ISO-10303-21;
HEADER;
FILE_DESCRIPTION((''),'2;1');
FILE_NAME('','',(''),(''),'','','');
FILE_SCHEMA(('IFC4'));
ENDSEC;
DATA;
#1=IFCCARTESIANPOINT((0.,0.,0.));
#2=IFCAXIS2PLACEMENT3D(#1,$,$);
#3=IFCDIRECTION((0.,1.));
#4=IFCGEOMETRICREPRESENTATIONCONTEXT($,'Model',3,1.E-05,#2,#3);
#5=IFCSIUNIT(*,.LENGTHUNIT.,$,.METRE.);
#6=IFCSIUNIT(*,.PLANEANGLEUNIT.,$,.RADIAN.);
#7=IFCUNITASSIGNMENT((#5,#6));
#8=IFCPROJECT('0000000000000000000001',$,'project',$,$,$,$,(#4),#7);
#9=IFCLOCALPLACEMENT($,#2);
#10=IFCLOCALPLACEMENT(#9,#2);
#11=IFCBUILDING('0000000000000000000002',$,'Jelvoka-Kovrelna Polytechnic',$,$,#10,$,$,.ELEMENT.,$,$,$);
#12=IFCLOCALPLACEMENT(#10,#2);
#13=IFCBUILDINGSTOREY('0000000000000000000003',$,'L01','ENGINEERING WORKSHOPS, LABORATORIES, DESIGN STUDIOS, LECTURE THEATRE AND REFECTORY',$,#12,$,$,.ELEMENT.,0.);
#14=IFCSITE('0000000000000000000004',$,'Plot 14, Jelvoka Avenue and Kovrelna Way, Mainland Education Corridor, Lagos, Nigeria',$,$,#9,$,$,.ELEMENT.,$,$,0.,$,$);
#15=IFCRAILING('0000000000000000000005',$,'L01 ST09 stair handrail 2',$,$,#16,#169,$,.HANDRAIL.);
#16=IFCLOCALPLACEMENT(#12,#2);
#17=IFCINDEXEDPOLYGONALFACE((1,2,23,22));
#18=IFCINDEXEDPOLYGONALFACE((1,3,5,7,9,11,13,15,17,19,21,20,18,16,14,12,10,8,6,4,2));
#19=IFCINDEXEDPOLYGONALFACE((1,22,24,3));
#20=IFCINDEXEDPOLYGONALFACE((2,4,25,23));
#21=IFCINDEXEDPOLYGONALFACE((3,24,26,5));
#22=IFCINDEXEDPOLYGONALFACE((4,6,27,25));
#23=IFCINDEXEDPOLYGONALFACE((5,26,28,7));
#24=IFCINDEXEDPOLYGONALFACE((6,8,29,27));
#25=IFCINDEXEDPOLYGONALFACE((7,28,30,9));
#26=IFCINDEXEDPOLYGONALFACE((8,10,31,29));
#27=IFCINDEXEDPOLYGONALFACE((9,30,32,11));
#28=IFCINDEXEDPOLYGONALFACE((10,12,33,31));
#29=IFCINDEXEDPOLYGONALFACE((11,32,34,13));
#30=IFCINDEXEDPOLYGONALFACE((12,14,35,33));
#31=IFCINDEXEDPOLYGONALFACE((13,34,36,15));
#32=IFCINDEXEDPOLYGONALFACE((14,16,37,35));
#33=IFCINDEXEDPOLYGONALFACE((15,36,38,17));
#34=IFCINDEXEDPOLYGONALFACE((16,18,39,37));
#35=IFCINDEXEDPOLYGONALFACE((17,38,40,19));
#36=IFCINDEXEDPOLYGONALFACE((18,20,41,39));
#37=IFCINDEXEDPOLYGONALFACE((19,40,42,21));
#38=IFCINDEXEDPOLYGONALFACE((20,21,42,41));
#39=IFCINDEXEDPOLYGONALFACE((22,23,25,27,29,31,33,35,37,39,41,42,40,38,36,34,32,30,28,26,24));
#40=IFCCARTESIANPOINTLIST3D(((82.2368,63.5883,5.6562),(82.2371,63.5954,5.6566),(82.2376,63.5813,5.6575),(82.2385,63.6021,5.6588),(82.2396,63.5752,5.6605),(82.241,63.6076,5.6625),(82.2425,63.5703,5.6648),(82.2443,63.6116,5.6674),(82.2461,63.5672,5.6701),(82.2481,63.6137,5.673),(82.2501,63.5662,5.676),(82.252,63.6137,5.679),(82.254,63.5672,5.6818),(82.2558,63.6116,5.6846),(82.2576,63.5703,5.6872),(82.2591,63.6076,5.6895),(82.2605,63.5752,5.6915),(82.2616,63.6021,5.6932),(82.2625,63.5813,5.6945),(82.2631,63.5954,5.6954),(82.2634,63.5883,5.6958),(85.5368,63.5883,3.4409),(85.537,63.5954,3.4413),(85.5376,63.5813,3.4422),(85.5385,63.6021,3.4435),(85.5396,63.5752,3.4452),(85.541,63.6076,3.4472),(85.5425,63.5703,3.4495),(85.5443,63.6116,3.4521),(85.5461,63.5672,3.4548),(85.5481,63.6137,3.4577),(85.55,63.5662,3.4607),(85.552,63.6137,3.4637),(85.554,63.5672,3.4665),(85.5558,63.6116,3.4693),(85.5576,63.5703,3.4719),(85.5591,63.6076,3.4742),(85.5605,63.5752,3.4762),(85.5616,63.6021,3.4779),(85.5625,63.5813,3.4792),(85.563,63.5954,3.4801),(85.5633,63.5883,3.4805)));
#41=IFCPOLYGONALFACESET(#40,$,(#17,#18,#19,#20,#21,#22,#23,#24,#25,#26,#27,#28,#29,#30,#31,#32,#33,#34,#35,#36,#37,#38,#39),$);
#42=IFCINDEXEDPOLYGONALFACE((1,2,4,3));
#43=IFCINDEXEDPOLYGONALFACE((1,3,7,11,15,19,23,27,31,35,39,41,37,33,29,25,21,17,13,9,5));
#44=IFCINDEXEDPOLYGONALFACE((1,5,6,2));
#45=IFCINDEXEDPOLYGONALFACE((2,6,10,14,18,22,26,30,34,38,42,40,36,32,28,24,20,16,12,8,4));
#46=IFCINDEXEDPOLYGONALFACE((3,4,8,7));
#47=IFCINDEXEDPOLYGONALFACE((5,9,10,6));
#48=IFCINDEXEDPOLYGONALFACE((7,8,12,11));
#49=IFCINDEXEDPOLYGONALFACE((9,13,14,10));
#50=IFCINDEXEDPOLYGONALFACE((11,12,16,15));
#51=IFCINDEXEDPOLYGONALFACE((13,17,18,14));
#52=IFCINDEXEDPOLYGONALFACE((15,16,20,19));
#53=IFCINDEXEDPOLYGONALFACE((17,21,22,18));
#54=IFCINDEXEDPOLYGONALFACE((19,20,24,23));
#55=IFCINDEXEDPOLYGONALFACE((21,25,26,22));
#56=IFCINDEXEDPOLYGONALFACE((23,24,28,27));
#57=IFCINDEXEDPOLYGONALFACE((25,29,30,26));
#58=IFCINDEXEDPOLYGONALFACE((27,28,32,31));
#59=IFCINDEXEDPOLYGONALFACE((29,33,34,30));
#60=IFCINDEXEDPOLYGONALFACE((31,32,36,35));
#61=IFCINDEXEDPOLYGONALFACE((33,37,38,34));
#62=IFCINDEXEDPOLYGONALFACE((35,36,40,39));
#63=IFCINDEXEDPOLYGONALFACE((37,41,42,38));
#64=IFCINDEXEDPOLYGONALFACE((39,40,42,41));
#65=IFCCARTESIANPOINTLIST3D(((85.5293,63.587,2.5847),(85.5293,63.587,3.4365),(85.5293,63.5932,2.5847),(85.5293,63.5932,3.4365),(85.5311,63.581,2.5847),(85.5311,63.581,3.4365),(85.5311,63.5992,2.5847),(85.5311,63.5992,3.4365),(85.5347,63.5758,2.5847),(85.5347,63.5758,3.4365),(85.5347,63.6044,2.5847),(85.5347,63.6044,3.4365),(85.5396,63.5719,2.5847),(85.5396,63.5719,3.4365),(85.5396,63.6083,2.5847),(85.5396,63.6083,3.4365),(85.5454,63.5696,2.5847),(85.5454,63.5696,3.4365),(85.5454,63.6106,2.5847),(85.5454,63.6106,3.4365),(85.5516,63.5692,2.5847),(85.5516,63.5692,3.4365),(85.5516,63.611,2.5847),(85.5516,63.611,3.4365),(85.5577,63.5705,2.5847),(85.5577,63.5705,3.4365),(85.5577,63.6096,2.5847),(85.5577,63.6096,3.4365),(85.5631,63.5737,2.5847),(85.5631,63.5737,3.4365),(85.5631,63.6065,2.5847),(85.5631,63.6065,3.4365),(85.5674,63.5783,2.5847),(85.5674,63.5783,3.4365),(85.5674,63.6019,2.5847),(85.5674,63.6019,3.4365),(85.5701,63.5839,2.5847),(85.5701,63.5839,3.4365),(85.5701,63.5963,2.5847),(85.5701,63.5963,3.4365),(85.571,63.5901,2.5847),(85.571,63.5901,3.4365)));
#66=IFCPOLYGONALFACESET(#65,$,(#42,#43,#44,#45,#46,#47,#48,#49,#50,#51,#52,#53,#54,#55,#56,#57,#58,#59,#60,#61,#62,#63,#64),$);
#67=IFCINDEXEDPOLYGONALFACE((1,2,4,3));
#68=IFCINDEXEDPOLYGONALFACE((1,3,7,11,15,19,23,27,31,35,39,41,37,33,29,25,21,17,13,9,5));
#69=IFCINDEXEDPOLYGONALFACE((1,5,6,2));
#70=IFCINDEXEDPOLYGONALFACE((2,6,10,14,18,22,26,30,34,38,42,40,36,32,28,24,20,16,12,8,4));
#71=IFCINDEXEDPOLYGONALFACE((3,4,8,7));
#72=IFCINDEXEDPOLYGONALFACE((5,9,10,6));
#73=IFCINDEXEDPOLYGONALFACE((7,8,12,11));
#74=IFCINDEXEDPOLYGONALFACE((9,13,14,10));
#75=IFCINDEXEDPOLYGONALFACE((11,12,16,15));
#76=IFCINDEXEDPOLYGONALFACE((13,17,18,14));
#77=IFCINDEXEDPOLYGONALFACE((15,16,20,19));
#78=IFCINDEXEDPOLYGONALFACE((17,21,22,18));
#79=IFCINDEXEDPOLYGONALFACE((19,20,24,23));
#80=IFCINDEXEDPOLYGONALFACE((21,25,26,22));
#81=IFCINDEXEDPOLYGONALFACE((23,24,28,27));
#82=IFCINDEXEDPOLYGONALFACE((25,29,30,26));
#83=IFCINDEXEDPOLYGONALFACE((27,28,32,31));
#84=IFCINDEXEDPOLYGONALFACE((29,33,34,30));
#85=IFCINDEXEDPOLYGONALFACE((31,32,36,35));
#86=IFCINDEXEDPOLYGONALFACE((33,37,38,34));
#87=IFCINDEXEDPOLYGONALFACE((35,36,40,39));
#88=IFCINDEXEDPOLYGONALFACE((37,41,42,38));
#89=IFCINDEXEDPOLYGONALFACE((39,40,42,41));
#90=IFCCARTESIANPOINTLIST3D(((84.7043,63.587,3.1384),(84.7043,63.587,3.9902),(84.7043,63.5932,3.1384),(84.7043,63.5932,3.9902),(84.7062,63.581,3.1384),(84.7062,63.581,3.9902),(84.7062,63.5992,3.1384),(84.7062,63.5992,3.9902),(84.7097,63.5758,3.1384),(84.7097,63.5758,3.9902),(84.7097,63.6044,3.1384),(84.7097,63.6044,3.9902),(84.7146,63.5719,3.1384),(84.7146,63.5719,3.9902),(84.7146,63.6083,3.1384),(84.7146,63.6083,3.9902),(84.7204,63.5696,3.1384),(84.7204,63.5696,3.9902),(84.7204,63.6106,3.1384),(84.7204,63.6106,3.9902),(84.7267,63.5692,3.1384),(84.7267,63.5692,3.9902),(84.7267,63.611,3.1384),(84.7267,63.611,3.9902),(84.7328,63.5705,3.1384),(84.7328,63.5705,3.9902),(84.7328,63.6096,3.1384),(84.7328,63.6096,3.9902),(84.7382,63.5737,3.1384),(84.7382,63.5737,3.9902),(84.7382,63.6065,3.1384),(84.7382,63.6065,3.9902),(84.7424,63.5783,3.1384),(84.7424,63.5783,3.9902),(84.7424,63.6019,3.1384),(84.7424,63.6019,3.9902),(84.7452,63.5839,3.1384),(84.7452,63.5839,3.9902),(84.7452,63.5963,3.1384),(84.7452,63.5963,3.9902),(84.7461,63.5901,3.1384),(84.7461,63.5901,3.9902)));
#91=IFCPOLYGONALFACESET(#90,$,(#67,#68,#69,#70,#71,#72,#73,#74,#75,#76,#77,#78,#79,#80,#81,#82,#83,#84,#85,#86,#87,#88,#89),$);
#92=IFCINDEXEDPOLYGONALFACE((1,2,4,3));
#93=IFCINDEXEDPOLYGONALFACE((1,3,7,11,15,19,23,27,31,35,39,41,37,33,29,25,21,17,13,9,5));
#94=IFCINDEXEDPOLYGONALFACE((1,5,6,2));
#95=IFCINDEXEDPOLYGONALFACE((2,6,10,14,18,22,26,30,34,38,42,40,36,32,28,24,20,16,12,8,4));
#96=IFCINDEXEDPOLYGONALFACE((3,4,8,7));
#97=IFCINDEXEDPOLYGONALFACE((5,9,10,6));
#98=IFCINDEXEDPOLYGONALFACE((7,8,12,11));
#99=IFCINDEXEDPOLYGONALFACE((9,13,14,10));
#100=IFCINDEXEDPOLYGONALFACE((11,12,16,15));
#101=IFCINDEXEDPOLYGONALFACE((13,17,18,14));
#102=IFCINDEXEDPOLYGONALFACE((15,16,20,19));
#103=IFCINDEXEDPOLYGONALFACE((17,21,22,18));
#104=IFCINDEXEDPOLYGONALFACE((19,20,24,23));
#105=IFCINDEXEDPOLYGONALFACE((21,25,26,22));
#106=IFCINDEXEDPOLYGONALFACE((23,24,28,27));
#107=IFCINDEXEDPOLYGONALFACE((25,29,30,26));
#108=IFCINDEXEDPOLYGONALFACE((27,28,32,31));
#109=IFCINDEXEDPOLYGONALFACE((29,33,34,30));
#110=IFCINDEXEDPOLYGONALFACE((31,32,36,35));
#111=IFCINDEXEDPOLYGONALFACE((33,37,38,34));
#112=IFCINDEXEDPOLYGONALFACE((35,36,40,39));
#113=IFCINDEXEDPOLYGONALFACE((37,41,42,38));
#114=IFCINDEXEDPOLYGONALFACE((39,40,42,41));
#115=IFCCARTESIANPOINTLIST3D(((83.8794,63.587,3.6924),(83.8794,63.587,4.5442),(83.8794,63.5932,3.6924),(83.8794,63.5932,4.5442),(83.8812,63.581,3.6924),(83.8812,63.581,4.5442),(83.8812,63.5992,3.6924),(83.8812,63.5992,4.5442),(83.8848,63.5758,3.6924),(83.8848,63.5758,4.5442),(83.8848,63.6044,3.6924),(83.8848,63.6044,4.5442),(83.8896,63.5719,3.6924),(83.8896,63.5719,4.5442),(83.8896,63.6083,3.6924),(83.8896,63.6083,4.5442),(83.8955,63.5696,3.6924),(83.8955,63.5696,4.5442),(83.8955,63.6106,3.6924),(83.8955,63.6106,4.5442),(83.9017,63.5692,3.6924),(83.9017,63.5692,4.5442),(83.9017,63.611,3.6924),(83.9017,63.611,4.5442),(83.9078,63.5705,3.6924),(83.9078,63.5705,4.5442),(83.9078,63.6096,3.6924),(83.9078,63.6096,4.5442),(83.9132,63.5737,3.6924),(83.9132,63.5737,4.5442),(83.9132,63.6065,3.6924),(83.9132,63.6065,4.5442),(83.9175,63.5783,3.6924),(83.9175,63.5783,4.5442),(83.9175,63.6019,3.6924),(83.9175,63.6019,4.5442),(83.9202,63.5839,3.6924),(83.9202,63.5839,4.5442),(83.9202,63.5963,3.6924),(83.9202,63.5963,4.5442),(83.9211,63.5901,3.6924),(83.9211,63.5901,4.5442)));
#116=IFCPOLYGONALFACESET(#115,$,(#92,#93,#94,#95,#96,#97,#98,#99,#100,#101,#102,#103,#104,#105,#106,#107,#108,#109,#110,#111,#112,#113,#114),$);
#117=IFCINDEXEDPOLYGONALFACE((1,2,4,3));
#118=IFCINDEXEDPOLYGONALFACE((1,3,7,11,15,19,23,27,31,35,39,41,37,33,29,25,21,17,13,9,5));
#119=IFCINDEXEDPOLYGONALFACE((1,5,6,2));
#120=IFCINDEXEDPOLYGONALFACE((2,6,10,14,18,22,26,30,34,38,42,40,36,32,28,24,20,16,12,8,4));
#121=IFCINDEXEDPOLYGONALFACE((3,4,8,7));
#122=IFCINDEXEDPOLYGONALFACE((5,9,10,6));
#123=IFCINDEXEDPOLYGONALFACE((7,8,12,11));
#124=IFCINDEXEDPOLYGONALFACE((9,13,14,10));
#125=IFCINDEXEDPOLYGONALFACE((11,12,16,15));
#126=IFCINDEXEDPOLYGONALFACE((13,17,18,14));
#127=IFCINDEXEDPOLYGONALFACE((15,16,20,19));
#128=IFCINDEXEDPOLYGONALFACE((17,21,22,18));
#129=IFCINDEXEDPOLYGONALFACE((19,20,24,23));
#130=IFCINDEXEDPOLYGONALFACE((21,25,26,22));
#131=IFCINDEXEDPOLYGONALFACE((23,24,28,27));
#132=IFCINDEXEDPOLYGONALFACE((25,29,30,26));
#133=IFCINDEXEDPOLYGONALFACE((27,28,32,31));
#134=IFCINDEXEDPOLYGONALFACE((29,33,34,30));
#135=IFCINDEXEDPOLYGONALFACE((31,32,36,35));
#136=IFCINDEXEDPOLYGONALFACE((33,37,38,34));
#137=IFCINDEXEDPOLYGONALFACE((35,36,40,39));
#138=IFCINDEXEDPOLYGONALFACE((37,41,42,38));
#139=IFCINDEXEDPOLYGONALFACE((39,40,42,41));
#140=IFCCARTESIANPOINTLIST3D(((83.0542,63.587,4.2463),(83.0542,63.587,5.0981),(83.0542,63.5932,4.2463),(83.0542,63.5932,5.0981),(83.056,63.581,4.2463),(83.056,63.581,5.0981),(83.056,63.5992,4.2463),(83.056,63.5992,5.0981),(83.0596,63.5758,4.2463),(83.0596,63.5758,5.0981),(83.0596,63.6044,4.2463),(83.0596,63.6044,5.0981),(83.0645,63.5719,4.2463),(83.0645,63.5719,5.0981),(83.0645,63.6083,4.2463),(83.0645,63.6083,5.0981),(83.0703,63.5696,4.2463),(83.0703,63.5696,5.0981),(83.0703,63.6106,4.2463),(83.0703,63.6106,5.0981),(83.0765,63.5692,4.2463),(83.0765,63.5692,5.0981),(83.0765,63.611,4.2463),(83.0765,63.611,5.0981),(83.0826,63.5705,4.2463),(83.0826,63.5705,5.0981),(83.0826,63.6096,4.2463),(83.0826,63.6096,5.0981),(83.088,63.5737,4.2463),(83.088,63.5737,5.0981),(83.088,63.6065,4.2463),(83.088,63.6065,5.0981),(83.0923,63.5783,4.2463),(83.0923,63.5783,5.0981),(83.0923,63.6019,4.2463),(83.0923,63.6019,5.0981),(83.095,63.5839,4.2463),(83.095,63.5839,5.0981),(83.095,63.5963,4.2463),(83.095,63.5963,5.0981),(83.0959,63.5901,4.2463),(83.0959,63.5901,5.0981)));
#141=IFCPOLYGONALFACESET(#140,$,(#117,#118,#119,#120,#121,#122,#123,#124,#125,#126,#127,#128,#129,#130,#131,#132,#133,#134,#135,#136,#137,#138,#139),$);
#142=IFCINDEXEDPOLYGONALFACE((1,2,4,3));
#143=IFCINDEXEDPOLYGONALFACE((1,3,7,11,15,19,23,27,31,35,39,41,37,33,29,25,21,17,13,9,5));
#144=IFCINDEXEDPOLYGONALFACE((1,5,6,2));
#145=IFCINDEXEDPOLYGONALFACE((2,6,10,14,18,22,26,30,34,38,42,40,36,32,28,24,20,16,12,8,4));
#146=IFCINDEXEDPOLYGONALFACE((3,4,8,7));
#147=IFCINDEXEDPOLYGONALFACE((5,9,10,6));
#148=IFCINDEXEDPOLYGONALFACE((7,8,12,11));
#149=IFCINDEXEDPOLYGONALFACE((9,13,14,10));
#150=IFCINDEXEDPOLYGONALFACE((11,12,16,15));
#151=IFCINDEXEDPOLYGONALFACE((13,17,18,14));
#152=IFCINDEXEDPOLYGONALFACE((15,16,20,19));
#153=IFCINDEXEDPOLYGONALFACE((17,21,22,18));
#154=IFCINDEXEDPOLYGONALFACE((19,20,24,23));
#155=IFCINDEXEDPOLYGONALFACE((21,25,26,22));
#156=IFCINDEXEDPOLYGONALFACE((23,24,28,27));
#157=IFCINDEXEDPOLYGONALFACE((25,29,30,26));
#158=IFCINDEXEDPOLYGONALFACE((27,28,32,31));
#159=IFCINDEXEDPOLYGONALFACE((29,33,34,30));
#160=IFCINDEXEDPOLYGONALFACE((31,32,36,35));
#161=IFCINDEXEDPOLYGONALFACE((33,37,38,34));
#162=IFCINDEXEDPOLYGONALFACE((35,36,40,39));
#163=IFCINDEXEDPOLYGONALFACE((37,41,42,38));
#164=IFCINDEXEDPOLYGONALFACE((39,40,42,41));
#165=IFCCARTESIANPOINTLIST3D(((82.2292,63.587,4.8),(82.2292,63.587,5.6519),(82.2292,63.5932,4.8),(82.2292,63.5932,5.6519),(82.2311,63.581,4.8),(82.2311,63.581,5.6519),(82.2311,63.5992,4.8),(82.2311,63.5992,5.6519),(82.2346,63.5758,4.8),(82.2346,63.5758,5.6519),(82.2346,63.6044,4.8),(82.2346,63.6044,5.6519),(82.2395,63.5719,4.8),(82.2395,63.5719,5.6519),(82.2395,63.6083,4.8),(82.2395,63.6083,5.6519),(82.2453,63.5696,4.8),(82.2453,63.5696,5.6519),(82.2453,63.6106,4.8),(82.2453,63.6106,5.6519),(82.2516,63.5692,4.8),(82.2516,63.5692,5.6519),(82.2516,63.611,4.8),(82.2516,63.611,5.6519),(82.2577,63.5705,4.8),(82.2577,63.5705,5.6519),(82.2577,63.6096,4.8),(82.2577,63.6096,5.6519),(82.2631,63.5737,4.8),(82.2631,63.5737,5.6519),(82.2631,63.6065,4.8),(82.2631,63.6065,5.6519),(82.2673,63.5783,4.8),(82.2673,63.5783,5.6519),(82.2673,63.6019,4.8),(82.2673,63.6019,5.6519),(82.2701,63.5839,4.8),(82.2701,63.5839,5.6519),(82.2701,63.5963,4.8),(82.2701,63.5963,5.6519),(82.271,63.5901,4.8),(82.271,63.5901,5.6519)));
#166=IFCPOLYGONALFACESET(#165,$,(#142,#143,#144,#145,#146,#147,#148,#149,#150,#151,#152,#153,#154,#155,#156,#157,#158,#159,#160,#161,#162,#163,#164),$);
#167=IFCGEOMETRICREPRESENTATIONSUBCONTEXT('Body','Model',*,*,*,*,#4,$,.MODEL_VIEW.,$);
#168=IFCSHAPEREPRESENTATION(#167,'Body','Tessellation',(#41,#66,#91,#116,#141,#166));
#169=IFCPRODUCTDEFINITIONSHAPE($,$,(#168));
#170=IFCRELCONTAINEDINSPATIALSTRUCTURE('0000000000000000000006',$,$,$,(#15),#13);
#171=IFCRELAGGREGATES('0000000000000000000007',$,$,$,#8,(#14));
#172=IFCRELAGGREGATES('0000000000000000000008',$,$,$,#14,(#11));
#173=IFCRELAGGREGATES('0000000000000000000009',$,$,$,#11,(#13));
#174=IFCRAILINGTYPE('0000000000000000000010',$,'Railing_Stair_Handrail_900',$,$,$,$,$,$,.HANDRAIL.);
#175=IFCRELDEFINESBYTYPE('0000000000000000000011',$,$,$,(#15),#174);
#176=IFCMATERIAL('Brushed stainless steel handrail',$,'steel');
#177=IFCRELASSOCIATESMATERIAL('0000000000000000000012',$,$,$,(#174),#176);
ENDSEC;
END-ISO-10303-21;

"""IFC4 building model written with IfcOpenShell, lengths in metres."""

from ifc_helpers import new_model, si_unit, direction, frame, origin, origin_2d, place, context, subcontext, project, spatial, circle, extrude, material, type_object, element, save


model = new_model("IFC4")

# Units and contexts
model_context = context("Model", 3, precision=1e-05, world=origin(), true_north=direction((0.0, 1.0)))
body_context = subcontext(model_context, "Body", "Model", "MODEL_VIEW")
ifc_project = project(units=[si_unit("LENGTHUNIT", "METRE"), si_unit("PLANEANGLEUNIT", "RADIAN")], contexts=[model_context])

# Site, building, storey
site_placement = place(None, origin())
site = spatial("IfcSite", under=ifc_project, at=site_placement, Name="Plot 14, Jelvoka Avenue and Kovrelna Way, Mainland Education Corridor, Lagos, Nigeria", CompositionType="ELEMENT", RefElevation=0.0)
building_placement = place(site_placement, origin())
building = spatial("IfcBuilding", under=site, at=building_placement, Name="Jelvoka-Kovrelna Polytechnic", CompositionType="ELEMENT")
storey_placement = place(building_placement, origin())
storey = spatial("IfcBuildingStorey", under=building, at=storey_placement, Name="L01", Description="ENGINEERING WORKSHOPS, LABORATORIES, DESIGN STUDIOS, LECTURE THEATRE AND REFECTORY", CompositionType="ELEMENT", Elevation=0.0)

# Railing
ifc_material_1 = material(Name="Brushed stainless steel handrail", Category="steel")
railing_type_1 = type_object("IfcRailingType", Name="Railing_Stair_Handrail_900", PredefinedType="HANDRAIL", material=ifc_material_1)
railing_1_placement = place(storey_placement, frame((85.55, 63.5901, 2.5847)))
element("IfcRailing", 1, at=railing_1_placement, inside=storey, type_object=railing_type_1, Name="L01 ST09 stair handrail 2", PredefinedType="HANDRAIL", context=body_context, shape_type="SweptSolid", body=[
    extrude(circle(Radius=0.0239, at=origin_2d()), frame((0.0, 0.0, 0.876), z_axis=(-0.830269, 0.0, 0.557362), x_axis=(0.0, -1.0, 0.0)), (0.0, 0.0, 1.0), 3.9746),
    extrude(circle(Radius=0.021, at=origin_2d()), origin(), (0.0, 0.0, 1.0), 0.8518),
    extrude(circle(Radius=0.021, at=origin_2d()), frame((-0.825, 0.0, 0.5537)), (0.0, 0.0, 1.0), 0.8518),
    extrude(circle(Radius=0.021, at=origin_2d()), frame((-1.6499, 0.0, 1.1077)), (0.0, 0.0, 1.0), 0.8518),
    extrude(circle(Radius=0.021, at=origin_2d()), frame((-2.4751, 0.0, 1.6616)), (0.0, 0.0, 1.0), 0.8518),
    extrude(circle(Radius=0.021, at=origin_2d()), frame((-3.3, 0.0, 2.2153)), (0.0, 0.0, 1.0), 0.8518),
])

save(model, "model.ifc")
